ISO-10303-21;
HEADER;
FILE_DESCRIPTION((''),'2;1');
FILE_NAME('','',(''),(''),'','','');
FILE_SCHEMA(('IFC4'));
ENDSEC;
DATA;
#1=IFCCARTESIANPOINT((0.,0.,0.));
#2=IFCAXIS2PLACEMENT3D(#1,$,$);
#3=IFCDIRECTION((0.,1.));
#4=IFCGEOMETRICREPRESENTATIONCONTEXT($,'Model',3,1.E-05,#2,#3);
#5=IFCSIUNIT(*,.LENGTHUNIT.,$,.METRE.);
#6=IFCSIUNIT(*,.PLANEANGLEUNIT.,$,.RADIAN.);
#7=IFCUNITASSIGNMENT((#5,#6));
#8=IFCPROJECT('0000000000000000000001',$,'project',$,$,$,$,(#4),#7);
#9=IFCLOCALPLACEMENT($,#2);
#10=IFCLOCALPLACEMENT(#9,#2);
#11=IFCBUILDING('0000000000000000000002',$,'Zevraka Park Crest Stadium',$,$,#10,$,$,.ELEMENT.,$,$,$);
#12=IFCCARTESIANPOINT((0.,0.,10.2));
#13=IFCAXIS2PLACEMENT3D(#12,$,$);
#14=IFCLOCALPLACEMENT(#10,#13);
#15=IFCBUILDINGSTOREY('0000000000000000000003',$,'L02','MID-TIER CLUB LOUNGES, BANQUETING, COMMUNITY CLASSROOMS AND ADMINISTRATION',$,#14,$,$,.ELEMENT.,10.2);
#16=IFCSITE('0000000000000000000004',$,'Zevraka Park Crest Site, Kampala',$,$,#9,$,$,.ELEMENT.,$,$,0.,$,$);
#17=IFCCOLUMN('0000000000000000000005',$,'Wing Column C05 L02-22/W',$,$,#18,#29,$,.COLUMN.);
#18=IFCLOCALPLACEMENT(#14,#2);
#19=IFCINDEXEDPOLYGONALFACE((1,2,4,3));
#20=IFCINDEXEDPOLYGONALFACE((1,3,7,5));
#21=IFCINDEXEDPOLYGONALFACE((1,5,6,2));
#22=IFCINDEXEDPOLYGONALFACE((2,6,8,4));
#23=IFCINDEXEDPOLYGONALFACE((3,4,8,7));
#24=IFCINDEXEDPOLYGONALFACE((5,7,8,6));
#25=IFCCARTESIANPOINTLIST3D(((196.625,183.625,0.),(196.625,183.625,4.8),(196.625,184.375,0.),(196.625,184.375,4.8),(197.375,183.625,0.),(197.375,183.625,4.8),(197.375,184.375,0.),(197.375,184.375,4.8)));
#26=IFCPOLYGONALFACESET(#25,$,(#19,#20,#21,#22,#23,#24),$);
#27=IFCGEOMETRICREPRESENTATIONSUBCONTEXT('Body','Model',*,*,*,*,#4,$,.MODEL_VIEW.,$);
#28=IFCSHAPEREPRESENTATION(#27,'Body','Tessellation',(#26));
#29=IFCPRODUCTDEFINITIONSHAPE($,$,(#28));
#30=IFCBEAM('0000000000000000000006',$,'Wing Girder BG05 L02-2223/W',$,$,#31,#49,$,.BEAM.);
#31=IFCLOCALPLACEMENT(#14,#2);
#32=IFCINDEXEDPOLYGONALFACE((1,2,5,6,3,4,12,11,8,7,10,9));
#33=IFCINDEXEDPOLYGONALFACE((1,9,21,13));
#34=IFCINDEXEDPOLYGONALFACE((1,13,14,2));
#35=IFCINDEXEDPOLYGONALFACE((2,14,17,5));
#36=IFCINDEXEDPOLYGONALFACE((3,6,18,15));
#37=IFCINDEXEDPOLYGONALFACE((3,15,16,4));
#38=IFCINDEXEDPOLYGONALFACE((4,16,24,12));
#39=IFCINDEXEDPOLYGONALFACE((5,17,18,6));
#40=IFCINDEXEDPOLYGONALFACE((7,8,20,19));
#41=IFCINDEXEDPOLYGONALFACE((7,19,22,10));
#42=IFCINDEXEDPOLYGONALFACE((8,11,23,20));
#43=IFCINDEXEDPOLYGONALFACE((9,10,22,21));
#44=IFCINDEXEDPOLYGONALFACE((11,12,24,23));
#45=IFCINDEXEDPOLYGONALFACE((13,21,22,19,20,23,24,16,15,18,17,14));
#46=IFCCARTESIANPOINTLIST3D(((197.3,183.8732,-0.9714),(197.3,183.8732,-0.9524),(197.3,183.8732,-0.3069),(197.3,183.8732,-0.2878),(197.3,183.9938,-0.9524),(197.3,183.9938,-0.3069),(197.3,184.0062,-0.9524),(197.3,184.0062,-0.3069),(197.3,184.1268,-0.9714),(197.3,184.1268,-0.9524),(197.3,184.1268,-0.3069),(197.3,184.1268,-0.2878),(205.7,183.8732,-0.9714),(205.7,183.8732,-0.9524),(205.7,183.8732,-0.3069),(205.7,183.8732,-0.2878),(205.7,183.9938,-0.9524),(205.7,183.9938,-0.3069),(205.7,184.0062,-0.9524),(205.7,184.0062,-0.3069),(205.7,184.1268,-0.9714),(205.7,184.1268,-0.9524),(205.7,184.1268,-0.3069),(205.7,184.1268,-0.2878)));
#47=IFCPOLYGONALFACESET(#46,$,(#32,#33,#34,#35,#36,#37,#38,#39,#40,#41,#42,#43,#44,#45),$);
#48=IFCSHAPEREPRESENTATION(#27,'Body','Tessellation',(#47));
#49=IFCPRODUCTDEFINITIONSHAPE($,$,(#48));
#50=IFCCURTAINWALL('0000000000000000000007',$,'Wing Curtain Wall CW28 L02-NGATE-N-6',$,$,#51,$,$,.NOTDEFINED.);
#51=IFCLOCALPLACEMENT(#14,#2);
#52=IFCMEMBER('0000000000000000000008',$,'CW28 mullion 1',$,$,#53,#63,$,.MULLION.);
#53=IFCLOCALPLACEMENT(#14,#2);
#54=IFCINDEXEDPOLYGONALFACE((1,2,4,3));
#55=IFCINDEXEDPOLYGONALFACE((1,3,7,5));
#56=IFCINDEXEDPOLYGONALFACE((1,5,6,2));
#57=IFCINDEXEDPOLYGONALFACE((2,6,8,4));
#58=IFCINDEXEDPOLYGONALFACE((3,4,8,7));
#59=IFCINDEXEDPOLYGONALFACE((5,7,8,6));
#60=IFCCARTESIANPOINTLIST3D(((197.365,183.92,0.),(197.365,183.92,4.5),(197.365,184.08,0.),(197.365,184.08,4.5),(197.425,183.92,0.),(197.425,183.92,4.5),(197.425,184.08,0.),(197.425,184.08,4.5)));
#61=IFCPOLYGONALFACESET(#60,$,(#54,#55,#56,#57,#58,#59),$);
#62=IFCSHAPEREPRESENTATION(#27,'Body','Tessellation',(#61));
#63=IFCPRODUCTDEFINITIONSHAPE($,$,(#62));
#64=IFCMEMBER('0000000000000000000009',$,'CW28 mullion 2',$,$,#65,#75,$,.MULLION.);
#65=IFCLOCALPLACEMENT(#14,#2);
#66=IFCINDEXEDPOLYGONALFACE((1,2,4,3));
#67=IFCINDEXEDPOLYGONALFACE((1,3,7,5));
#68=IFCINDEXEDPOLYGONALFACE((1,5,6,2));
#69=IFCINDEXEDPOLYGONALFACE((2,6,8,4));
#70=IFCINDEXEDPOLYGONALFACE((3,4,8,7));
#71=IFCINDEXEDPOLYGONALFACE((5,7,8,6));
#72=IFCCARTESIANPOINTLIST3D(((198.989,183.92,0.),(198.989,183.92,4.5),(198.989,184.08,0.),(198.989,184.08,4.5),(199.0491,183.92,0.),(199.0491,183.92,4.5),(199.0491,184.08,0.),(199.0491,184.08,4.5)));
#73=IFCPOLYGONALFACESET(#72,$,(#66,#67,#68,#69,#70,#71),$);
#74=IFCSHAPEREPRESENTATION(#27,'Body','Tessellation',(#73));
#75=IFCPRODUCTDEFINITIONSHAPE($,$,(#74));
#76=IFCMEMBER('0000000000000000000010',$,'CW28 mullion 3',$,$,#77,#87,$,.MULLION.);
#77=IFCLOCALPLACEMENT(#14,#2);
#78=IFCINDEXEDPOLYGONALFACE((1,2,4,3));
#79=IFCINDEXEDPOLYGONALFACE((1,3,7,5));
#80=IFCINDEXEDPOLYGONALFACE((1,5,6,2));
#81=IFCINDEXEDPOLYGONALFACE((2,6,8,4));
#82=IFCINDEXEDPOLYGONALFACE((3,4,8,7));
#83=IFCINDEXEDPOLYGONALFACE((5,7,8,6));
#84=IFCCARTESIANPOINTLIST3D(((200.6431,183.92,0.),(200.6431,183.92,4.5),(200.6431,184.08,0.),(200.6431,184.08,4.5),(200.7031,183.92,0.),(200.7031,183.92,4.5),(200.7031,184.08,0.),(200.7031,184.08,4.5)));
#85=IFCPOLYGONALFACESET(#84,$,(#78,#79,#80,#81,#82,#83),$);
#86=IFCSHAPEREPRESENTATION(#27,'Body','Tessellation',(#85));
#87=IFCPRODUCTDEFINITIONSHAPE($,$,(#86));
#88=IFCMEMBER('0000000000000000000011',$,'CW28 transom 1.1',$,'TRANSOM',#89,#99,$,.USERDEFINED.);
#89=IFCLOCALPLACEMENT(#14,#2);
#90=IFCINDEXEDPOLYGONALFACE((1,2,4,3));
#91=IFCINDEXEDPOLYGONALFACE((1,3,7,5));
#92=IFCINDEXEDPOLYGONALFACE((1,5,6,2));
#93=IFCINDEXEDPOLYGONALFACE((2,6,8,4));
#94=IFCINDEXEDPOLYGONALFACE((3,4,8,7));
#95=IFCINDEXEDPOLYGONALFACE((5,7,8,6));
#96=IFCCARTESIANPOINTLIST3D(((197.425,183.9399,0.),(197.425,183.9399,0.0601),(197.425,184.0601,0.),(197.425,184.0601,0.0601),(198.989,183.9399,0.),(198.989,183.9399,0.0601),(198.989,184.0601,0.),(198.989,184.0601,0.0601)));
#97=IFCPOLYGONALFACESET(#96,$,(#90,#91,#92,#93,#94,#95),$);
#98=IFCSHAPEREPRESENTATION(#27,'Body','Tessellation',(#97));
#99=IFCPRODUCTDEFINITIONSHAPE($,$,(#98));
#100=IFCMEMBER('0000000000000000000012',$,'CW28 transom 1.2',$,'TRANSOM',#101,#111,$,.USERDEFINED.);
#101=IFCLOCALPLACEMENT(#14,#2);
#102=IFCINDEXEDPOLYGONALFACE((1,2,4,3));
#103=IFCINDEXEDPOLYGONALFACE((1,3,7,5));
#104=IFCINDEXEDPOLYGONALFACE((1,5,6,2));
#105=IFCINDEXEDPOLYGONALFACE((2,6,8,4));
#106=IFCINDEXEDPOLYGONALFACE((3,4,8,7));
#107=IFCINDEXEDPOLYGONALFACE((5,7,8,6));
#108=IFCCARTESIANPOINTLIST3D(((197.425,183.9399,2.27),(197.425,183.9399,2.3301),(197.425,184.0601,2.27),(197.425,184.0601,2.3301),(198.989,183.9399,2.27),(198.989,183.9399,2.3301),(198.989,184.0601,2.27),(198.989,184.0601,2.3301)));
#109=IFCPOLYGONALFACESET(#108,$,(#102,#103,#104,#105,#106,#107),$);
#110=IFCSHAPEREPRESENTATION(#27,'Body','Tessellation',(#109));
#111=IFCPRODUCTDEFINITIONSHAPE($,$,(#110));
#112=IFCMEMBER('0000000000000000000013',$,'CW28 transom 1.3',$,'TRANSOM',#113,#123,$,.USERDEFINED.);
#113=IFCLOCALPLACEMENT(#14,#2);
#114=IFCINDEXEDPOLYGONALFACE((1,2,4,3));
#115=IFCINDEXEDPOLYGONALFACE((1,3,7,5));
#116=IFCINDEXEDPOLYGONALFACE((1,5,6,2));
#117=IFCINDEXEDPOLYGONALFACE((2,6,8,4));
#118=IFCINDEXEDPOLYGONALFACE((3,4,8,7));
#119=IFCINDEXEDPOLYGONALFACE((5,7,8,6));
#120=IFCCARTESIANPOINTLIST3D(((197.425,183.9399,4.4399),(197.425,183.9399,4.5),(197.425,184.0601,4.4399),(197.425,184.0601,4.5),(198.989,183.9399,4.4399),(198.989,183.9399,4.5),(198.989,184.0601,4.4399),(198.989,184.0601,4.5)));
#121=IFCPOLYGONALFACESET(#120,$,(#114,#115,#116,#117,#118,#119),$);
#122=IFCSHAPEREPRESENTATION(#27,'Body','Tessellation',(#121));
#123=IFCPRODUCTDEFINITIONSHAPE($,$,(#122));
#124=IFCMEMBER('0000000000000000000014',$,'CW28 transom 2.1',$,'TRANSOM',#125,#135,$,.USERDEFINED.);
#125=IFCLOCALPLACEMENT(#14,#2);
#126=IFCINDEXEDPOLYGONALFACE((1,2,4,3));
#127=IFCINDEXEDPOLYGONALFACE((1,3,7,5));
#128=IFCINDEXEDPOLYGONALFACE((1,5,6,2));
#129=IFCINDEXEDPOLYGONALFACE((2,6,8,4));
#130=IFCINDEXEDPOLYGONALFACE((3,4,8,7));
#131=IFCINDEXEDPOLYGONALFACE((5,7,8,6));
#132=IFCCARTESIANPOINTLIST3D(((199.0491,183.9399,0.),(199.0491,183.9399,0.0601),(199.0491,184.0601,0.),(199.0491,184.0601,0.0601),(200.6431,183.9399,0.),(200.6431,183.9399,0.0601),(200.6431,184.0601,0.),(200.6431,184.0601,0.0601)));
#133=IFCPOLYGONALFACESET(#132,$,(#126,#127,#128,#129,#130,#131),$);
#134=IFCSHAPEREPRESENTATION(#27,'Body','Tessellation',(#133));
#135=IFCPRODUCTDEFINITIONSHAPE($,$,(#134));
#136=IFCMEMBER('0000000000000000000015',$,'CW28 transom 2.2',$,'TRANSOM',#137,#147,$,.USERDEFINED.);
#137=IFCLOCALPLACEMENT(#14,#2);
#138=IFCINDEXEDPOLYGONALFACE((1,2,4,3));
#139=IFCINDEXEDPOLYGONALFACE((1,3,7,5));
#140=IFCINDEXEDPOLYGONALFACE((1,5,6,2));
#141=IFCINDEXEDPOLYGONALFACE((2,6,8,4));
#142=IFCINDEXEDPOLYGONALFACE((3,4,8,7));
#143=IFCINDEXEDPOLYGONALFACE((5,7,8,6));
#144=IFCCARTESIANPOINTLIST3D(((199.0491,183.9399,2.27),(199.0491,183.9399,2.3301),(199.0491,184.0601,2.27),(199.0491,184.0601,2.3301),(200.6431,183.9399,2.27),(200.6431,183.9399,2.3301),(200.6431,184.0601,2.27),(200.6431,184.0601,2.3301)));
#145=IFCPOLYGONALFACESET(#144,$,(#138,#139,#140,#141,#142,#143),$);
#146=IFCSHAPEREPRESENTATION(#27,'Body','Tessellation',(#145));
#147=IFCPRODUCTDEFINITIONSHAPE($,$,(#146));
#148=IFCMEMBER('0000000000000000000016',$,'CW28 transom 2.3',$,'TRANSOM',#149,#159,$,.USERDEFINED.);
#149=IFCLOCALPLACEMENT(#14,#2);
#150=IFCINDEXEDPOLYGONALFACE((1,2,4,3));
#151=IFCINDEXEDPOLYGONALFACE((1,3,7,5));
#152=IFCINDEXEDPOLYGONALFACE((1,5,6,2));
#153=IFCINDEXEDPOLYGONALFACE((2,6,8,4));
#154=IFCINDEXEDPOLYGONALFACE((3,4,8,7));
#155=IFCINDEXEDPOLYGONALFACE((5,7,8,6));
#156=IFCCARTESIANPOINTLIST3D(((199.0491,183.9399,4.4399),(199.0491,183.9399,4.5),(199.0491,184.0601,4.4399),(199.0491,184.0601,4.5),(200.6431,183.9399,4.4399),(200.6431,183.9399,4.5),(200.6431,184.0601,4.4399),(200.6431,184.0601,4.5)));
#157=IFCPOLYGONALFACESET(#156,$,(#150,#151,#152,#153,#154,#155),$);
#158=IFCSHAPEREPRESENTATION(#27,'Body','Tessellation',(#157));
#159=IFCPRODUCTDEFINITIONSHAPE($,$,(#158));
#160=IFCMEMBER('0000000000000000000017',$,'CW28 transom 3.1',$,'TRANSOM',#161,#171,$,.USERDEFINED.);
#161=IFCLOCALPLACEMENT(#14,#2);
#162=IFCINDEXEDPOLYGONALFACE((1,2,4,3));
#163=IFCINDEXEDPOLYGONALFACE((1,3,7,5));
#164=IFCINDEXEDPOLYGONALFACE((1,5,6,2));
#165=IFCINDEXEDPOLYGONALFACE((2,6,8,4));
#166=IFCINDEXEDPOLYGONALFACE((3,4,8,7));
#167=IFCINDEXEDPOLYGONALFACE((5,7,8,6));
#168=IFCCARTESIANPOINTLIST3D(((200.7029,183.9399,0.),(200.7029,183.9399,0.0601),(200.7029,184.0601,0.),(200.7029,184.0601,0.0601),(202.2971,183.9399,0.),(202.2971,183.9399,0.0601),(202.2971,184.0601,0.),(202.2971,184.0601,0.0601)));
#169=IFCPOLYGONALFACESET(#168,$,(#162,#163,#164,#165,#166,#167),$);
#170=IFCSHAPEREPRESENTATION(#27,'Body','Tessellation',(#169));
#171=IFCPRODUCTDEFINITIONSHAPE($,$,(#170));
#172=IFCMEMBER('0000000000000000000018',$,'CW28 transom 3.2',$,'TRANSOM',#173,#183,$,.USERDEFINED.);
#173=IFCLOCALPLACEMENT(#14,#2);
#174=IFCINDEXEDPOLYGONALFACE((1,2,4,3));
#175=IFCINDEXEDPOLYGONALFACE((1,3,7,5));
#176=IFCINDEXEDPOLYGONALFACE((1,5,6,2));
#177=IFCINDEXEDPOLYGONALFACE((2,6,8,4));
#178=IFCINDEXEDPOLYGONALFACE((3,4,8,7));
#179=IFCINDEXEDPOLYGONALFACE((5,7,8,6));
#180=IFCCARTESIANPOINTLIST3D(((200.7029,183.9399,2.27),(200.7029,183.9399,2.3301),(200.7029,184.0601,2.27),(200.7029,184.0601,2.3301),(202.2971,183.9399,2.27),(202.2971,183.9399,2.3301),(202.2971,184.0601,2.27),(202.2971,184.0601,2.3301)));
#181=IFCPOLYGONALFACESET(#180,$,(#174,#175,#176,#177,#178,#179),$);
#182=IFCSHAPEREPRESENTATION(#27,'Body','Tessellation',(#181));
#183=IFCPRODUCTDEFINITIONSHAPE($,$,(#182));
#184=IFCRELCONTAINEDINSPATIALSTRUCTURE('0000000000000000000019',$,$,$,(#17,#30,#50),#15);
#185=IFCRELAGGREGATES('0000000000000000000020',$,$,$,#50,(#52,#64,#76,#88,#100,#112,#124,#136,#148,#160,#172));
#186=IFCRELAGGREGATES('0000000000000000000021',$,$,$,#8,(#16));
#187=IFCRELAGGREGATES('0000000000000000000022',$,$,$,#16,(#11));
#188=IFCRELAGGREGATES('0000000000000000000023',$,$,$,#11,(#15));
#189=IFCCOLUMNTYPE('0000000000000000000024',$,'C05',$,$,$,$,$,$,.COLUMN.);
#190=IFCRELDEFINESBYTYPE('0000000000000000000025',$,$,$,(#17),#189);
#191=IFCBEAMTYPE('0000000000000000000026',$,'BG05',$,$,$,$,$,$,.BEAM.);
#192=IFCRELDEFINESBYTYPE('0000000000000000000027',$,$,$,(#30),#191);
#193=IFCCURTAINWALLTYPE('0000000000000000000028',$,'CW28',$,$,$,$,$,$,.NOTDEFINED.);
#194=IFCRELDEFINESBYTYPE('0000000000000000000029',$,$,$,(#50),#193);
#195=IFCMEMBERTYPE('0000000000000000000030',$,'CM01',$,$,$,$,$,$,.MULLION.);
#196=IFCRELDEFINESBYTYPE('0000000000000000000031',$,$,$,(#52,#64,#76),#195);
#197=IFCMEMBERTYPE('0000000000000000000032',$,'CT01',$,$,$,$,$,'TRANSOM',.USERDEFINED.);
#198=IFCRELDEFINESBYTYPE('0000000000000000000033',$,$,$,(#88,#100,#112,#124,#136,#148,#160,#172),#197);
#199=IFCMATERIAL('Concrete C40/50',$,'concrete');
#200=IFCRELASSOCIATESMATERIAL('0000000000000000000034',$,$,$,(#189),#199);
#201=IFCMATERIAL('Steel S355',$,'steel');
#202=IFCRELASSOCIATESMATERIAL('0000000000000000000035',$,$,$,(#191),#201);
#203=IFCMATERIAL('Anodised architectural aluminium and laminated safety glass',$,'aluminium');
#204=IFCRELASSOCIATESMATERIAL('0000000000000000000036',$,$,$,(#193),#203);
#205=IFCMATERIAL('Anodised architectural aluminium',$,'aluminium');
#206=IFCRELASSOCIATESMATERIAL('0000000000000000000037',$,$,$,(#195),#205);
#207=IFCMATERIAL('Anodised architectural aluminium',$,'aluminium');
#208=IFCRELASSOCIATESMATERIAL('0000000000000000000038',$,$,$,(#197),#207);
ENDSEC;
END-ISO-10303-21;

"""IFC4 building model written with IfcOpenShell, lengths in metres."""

from ifc_helpers import new_model, si_unit, direction, frame, origin, origin_2d, place, context, subcontext, project, spatial, rectangle, i_section, extrude, material, material_profile, profile_set, type_object, element, aggregate, save


model = new_model("IFC4")

# Units and contexts
model_context = context("Model", 3, precision=1e-05, world=origin(), true_north=direction((0.0, 1.0)))
body_context = subcontext(model_context, "Body", "Model", "MODEL_VIEW")
ifc_project = project(units=[si_unit("LENGTHUNIT", "METRE"), si_unit("PLANEANGLEUNIT", "RADIAN")], contexts=[model_context])

# Site, building, storey
site_placement = place(None, origin())
site = spatial("IfcSite", under=ifc_project, at=site_placement, Name="Zevraka Park Crest Site, Kampala", CompositionType="ELEMENT", RefElevation=0.0)
building_placement = place(site_placement, origin())
building = spatial("IfcBuilding", under=site, at=building_placement, Name="Zevraka Park Crest Stadium", CompositionType="ELEMENT")
storey_placement = place(building_placement, frame((0.0, 0.0, 10.2)))
storey = spatial("IfcBuildingStorey", under=building, at=storey_placement, Name="L02", Description="MID-TIER CLUB LOUNGES, BANQUETING, COMMUNITY CLASSROOMS AND ADMINISTRATION", CompositionType="ELEMENT", Elevation=10.2)

# Column
ifc_material_1 = material(Name="Concrete C40/50", Category="concrete")
ifc_material_profile_1 = material_profile(ifc_material_1, rectangle(XDim=0.75, YDim=0.75, at=origin_2d()), Name="RC 750x750")
ifc_profile_set_1 = profile_set([ifc_material_profile_1], Name="Concrete C40/50")
column_type = type_object("IfcColumnType", Name="C05", PredefinedType="COLUMN", material=ifc_profile_set_1)
column_placement = place(storey_placement, frame((197.0, 184.0, 0.0), z_axis=(0.0, 0.0, 1.0), x_axis=(1.0, 0.0, 0.0)))
element("IfcColumn", 1, at=column_placement, inside=storey, type_object=column_type, Name="Wing Column C05 L02-22/W", PredefinedType="COLUMN", context=body_context, shape_type="SweptSolid", body=[
    extrude(rectangle(XDim=0.75, YDim=0.75, at=origin_2d()), origin(), (0.0, 0.0, 1.0), 4.8),
])

# Beam
ifc_material_2 = material(Name="Steel S355", Category="steel")
ifc_material_profile_2 = material_profile(ifc_material_2, i_section(OverallWidth=0.2537, OverallDepth=0.6836, WebThickness=0.0125, FlangeThickness=0.019, at=origin_2d()), Name="UKB 686x254x140")
ifc_profile_set_2 = profile_set([ifc_material_profile_2], Name="Steel S355")
beam_type = type_object("IfcBeamType", Name="BG05", PredefinedType="BEAM", material=ifc_profile_set_2)
beam_placement = place(storey_placement, frame((197.3, 184.0, -0.6296), z_axis=(1.0, 0.0, 0.0), x_axis=(0.0, 1.0, 0.0)))
element("IfcBeam", 2, at=beam_placement, inside=storey, type_object=beam_type, Name="Wing Girder BG05 L02-2223/W", PredefinedType="BEAM", context=body_context, shape_type="SweptSolid", body=[
    extrude(i_section(OverallWidth=0.2537, OverallDepth=0.6836, WebThickness=0.0125, FlangeThickness=0.019, at=origin_2d()), origin(), (0.0, 0.0, 1.0), 8.3999),
])

# Curtain wall, members
ifc_material_3 = material(Name="Anodised architectural aluminium and laminated safety glass", Category="aluminium")
curtain_wall_type = type_object("IfcCurtainWallType", Name="CW28", PredefinedType="NOTDEFINED", material=ifc_material_3)
curtain_wall_placement = place(storey_placement, origin())
curtain_wall = element("IfcCurtainWall", 3, at=curtain_wall_placement, inside=storey, type_object=curtain_wall_type, Name="Wing Curtain Wall CW28 L02-NGATE-N-6", PredefinedType="NOTDEFINED")
ifc_material_4 = material(Name="Anodised architectural aluminium", Category="aluminium")
ifc_material_profile_3 = material_profile(ifc_material_4, rectangle(XDim=0.1599, YDim=0.0601, at=origin_2d()), Name="ALU MULLION 160x60")
ifc_profile_set_3 = profile_set([ifc_material_profile_3], Name="Anodised architectural aluminium")
member_type_1 = type_object("IfcMemberType", Name="CM01", PredefinedType="MULLION", material=ifc_profile_set_3)
member_1_placement = place(storey_placement, frame((197.395, 184.0, 0.0), z_axis=(0.0, 0.0, 1.0), x_axis=(0.0, 1.0, 0.0)))
member_1 = element("IfcMember", 4, at=member_1_placement, type_object=member_type_1, Name="CW28 mullion 1", PredefinedType="MULLION", context=body_context, shape_type="SweptSolid", body=[
    extrude(rectangle(XDim=0.1599, YDim=0.0601, at=origin_2d()), origin(), (0.0, 0.0, 1.0), 4.5),
])
member_2_placement = place(storey_placement, frame((199.019, 184.0, 0.0), z_axis=(0.0, 0.0, 1.0), x_axis=(0.0, 1.0, 0.0)))
member_2 = element("IfcMember", 5, at=member_2_placement, type_object=member_type_1, Name="CW28 mullion 2", PredefinedType="MULLION", context=body_context, shape_type="SweptSolid", body=[
    extrude(rectangle(XDim=0.1599, YDim=0.0601, at=origin_2d()), origin(), (0.0, 0.0, 1.0), 4.5),
])
member_3_placement = place(storey_placement, frame((200.6731, 184.0, 0.0), z_axis=(0.0, 0.0, 1.0), x_axis=(0.0, 1.0, 0.0)))
member_3 = element("IfcMember", 6, at=member_3_placement, type_object=member_type_1, Name="CW28 mullion 3", PredefinedType="MULLION", context=body_context, shape_type="SweptSolid", body=[
    extrude(rectangle(XDim=0.1599, YDim=0.0601, at=origin_2d()), origin(), (0.0, 0.0, 1.0), 4.5),
])
ifc_material_5 = material(Name="Anodised architectural aluminium", Category="aluminium")
ifc_material_profile_4 = material_profile(ifc_material_5, rectangle(XDim=0.1201, YDim=0.0601, at=origin_2d()), Name="ALU TRANSOM 120x60")
ifc_profile_set_4 = profile_set([ifc_material_profile_4], Name="Anodised architectural aluminium")
member_type_2 = type_object("IfcMemberType", Name="CT01", ElementType="TRANSOM", PredefinedType="USERDEFINED", material=ifc_profile_set_4)
member_4_placement = place(storey_placement, frame((197.425, 184.0, 0.03), z_axis=(1.0, 0.0, 0.0), x_axis=(0.0, 1.0, 0.0)))
member_4 = element("IfcMember", 7, at=member_4_placement, type_object=member_type_2, Name="CW28 transom 1.1", ObjectType="TRANSOM", PredefinedType="USERDEFINED", context=body_context, shape_type="SweptSolid", body=[
    extrude(rectangle(XDim=0.1201, YDim=0.0601, at=origin_2d()), origin(), (0.0, 0.0, 1.0), 1.564),
])
member_5_placement = place(storey_placement, frame((197.425, 184.0, 2.3), z_axis=(1.0, 0.0, 0.0), x_axis=(0.0, 1.0, 0.0)))
member_5 = element("IfcMember", 8, at=member_5_placement, type_object=member_type_2, Name="CW28 transom 1.2", ObjectType="TRANSOM", PredefinedType="USERDEFINED", context=body_context, shape_type="SweptSolid", body=[
    extrude(rectangle(XDim=0.1201, YDim=0.0601, at=origin_2d()), origin(), (0.0, 0.0, 1.0), 1.564),
])
member_6_placement = place(storey_placement, frame((197.425, 184.0, 4.47), z_axis=(1.0, 0.0, 0.0), x_axis=(0.0, 1.0, 0.0)))
member_6 = element("IfcMember", 9, at=member_6_placement, type_object=member_type_2, Name="CW28 transom 1.3", ObjectType="TRANSOM", PredefinedType="USERDEFINED", context=body_context, shape_type="SweptSolid", body=[
    extrude(rectangle(XDim=0.1201, YDim=0.0601, at=origin_2d()), origin(), (0.0, 0.0, 1.0), 1.564),
])
member_7_placement = place(storey_placement, frame((199.0491, 184.0, 0.03), z_axis=(1.0, 0.0, 0.0), x_axis=(0.0, 1.0, 0.0)))
member_7 = element("IfcMember", 10, at=member_7_placement, type_object=member_type_2, Name="CW28 transom 2.1", ObjectType="TRANSOM", PredefinedType="USERDEFINED", context=body_context, shape_type="SweptSolid", body=[
    extrude(rectangle(XDim=0.1201, YDim=0.0601, at=origin_2d()), origin(), (0.0, 0.0, 1.0), 1.594),
])
member_8_placement = place(storey_placement, frame((199.0491, 184.0, 2.3), z_axis=(1.0, 0.0, 0.0), x_axis=(0.0, 1.0, 0.0)))
member_8 = element("IfcMember", 11, at=member_8_placement, type_object=member_type_2, Name="CW28 transom 2.2", ObjectType="TRANSOM", PredefinedType="USERDEFINED", context=body_context, shape_type="SweptSolid", body=[
    extrude(rectangle(XDim=0.1201, YDim=0.0601, at=origin_2d()), origin(), (0.0, 0.0, 1.0), 1.594),
])
member_9_placement = place(storey_placement, frame((199.0491, 184.0, 4.47), z_axis=(1.0, 0.0, 0.0), x_axis=(0.0, 1.0, 0.0)))
member_9 = element("IfcMember", 12, at=member_9_placement, type_object=member_type_2, Name="CW28 transom 2.3", ObjectType="TRANSOM", PredefinedType="USERDEFINED", context=body_context, shape_type="SweptSolid", body=[
    extrude(rectangle(XDim=0.1201, YDim=0.0601, at=origin_2d()), origin(), (0.0, 0.0, 1.0), 1.594),
])
member_10_placement = place(storey_placement, frame((200.7029, 184.0, 0.03), z_axis=(1.0, 0.0, 0.0), x_axis=(0.0, 1.0, 0.0)))
member_10 = element("IfcMember", 13, at=member_10_placement, type_object=member_type_2, Name="CW28 transom 3.1", ObjectType="TRANSOM", PredefinedType="USERDEFINED", context=body_context, shape_type="SweptSolid", body=[
    extrude(rectangle(XDim=0.1201, YDim=0.0601, at=origin_2d()), origin(), (0.0, 0.0, 1.0), 1.5942),
])
member_11_placement = place(storey_placement, frame((200.7029, 184.0, 2.3), z_axis=(1.0, 0.0, 0.0), x_axis=(0.0, 1.0, 0.0)))
member_11 = element("IfcMember", 14, at=member_11_placement, type_object=member_type_2, Name="CW28 transom 3.2", ObjectType="TRANSOM", PredefinedType="USERDEFINED", context=body_context, shape_type="SweptSolid", body=[
    extrude(rectangle(XDim=0.1201, YDim=0.0601, at=origin_2d()), origin(), (0.0, 0.0, 1.0), 1.5942),
])
aggregate(curtain_wall, [member_1, member_2, member_3, member_4, member_5, member_6, member_7, member_8, member_9, member_10, member_11])

save(model, "model.ifc")
